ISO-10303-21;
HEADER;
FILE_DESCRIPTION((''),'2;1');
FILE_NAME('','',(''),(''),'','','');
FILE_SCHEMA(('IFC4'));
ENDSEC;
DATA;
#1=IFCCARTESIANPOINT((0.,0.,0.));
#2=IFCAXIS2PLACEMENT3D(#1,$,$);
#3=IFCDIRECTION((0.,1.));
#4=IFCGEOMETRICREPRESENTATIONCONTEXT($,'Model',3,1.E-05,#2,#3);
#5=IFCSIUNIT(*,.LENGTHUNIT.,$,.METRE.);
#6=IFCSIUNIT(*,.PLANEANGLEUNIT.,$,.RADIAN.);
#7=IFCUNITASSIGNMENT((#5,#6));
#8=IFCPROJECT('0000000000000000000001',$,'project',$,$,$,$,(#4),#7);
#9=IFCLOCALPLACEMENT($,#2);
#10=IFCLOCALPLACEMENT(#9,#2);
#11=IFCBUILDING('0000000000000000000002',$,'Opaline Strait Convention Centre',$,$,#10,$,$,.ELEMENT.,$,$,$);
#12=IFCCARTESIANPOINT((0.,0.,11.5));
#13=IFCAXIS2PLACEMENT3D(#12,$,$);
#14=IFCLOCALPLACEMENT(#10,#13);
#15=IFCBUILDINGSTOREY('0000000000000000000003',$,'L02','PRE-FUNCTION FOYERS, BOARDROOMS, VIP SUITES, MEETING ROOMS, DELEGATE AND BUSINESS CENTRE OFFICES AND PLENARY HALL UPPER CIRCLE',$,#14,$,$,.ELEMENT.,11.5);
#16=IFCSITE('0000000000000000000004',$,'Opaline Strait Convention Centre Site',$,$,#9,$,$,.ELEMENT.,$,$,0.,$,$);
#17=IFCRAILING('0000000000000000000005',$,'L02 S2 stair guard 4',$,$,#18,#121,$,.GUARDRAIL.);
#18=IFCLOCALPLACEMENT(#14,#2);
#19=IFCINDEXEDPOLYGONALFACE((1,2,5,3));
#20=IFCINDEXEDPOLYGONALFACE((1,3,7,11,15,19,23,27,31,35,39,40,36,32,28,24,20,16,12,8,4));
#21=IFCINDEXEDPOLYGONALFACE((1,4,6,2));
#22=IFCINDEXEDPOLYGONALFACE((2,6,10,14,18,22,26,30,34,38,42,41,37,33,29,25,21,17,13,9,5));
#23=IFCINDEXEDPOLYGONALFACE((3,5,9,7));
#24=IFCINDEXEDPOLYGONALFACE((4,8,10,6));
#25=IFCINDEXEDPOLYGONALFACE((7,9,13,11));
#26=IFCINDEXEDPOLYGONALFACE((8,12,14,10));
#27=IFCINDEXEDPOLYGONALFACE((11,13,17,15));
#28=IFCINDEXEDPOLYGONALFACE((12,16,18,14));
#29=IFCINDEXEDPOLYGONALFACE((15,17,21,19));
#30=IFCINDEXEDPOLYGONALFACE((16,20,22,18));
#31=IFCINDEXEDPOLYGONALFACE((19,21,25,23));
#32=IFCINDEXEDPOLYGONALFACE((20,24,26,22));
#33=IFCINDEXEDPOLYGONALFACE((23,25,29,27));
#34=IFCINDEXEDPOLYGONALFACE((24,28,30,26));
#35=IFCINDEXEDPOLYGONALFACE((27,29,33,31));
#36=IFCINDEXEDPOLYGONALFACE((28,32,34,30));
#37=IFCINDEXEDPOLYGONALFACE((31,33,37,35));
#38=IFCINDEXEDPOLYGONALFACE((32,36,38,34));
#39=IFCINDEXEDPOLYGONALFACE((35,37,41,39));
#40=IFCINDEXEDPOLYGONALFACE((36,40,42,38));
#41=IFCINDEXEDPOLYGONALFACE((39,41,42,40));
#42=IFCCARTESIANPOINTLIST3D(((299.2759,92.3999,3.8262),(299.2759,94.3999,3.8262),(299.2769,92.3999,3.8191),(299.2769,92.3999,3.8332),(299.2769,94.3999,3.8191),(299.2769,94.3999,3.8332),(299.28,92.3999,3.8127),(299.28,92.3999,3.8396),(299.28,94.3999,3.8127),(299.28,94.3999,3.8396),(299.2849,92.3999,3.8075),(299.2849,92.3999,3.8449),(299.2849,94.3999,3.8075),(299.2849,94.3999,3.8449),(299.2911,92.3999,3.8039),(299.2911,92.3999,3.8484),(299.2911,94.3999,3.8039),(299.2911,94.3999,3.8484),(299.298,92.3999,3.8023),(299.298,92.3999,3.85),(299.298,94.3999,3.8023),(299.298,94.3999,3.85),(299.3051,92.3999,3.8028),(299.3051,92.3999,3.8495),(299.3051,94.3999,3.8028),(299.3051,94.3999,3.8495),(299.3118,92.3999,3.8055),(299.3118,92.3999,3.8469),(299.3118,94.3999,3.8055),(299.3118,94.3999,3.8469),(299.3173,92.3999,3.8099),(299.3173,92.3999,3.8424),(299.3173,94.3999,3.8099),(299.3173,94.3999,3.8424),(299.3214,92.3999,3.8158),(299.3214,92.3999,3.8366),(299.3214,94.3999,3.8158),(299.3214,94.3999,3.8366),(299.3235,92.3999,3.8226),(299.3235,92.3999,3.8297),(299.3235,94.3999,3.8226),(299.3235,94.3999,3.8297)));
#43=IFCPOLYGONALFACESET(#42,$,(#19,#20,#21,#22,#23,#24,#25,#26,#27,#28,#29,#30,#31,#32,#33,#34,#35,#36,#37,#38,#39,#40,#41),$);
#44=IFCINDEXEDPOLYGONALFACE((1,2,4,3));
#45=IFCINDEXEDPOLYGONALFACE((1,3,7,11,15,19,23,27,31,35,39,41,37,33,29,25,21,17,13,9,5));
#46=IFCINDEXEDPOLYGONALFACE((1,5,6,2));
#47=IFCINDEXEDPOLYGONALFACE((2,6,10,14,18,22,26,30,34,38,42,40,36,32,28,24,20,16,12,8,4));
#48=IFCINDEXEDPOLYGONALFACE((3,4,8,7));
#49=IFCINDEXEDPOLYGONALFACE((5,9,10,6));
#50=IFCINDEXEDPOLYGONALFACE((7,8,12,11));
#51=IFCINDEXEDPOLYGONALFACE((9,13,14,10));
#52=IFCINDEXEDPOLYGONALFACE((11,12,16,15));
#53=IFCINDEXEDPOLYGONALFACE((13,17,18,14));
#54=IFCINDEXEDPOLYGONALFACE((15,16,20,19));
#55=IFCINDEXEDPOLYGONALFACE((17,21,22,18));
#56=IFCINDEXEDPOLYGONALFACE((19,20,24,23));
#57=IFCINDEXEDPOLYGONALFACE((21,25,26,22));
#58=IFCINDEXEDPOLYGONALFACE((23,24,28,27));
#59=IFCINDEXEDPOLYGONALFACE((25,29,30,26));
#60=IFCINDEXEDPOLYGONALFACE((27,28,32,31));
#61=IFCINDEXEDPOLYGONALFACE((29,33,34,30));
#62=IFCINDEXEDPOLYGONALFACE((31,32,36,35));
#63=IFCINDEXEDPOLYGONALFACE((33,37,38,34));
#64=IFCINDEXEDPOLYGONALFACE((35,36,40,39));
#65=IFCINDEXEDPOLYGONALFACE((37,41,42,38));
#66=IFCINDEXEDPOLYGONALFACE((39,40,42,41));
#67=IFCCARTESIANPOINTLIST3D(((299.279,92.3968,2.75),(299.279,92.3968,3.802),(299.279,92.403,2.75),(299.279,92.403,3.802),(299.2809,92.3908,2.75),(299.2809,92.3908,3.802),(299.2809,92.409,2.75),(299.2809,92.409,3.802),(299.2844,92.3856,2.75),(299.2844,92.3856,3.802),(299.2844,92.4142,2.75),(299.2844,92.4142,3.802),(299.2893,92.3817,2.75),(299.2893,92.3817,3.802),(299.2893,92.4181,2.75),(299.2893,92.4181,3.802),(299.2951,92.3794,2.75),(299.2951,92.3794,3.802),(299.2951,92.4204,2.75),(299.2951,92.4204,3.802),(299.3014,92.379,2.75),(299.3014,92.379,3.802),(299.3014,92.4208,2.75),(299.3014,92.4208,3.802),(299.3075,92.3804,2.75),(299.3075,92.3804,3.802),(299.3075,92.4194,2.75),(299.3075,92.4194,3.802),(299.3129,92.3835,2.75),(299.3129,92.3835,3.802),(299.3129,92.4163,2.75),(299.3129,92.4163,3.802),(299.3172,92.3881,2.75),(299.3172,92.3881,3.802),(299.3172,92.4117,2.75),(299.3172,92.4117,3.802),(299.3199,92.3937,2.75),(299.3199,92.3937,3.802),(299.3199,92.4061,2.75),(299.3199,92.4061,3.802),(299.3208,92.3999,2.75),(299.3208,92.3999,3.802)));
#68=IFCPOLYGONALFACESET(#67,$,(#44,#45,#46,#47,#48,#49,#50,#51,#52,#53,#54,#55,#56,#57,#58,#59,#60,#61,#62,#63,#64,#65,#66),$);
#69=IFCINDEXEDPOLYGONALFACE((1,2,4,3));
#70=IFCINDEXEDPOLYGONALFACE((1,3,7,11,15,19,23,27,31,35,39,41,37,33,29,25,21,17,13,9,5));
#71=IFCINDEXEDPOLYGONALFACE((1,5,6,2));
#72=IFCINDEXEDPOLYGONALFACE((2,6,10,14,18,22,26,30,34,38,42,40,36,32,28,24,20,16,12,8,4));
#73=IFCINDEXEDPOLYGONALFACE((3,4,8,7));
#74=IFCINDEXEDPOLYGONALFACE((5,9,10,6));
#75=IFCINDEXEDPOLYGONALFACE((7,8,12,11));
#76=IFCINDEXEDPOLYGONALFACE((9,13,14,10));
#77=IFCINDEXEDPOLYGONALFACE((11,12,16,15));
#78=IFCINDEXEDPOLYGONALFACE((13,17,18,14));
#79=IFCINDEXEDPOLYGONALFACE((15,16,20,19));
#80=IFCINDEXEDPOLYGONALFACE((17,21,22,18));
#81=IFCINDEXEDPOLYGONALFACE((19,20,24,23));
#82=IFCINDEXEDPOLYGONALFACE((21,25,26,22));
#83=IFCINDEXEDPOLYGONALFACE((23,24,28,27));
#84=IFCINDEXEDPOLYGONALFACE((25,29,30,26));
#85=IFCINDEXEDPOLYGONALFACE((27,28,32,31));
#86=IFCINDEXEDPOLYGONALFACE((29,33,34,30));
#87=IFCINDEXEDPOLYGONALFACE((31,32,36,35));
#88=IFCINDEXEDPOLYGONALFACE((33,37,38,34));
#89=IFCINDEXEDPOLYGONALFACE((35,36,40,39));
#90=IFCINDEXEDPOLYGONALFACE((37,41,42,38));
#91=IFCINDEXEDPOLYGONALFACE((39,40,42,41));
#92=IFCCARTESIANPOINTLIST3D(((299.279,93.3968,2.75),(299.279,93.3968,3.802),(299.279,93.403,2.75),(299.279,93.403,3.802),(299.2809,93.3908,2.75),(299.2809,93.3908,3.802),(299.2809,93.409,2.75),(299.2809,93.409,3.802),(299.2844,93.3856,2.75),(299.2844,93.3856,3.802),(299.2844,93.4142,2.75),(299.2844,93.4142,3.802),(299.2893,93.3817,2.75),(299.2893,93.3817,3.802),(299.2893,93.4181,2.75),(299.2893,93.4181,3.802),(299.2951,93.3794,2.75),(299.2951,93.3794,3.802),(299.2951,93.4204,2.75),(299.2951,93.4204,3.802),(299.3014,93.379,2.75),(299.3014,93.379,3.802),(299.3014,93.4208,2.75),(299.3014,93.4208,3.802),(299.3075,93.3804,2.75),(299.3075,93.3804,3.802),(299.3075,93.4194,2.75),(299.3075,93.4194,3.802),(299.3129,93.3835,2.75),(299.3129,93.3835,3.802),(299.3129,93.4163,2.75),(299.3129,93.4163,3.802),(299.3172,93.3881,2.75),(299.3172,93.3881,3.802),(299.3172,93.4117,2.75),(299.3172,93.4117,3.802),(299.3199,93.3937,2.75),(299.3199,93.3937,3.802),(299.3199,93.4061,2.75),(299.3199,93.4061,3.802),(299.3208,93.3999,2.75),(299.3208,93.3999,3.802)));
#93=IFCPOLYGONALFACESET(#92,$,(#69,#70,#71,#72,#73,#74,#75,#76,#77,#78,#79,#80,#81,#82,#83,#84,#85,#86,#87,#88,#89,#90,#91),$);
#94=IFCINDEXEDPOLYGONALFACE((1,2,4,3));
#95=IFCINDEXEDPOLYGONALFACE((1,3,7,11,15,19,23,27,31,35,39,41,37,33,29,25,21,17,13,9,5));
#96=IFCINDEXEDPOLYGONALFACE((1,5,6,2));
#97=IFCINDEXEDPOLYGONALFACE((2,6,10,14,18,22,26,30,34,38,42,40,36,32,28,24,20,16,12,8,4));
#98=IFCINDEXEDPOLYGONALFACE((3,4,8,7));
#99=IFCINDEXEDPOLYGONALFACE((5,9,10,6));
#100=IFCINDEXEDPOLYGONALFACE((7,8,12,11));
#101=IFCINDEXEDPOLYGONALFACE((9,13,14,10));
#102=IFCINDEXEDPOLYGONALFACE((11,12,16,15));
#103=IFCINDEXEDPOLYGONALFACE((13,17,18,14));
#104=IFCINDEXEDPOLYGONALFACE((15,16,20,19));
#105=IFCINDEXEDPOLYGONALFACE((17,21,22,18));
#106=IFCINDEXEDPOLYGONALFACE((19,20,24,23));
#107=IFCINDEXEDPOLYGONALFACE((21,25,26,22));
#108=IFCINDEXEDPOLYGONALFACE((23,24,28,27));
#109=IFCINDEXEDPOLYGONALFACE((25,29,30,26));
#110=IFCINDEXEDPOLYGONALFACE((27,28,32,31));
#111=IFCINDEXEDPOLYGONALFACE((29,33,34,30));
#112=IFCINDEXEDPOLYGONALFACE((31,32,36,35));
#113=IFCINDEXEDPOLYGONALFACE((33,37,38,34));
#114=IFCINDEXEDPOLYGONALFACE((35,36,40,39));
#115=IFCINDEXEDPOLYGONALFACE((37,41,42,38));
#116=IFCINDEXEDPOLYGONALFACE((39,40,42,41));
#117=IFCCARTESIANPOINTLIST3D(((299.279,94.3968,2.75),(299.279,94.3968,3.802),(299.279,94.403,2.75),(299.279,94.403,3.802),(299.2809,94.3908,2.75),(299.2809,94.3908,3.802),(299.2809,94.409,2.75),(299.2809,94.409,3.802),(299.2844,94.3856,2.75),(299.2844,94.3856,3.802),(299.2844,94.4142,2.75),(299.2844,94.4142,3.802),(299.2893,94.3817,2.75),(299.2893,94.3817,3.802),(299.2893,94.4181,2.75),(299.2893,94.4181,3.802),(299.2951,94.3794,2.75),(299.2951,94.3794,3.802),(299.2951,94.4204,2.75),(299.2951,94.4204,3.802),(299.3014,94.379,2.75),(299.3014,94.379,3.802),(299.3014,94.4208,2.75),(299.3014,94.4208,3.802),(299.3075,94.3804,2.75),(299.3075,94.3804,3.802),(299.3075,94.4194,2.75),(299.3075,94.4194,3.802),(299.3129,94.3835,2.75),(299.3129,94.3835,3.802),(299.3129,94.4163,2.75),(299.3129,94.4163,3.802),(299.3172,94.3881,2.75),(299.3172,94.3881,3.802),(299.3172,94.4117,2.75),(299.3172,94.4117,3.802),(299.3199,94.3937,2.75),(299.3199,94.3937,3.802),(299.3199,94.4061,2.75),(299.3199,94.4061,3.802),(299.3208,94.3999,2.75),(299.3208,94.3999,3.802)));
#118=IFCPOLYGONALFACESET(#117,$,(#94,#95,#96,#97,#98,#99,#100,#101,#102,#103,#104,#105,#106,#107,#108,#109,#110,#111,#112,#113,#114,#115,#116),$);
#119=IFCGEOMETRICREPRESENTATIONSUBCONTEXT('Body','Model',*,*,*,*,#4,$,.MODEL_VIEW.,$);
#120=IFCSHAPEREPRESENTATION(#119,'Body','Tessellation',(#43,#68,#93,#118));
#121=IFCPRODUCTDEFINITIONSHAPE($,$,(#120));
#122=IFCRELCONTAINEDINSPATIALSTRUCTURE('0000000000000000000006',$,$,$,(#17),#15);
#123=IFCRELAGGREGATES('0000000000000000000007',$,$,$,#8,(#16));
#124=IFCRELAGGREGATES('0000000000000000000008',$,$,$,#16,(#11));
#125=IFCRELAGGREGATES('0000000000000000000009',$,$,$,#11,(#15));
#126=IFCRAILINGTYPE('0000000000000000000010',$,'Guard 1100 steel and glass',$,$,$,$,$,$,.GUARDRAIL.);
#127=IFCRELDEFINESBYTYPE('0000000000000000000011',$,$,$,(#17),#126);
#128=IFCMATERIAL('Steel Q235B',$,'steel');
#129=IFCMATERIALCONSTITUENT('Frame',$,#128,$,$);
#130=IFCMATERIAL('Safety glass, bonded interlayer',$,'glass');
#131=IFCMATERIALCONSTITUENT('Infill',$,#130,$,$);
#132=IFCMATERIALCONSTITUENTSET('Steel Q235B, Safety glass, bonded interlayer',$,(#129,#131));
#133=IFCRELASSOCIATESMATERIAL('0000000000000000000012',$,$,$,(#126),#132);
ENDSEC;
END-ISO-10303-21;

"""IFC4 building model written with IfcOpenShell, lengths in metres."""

from ifc_helpers import new_model, si_unit, direction, frame, origin, origin_2d, place, context, subcontext, project, spatial, circle, extrude, material, constituent, constituent_set, type_object, element, save


model = new_model("IFC4")

# Units and contexts
model_context = context("Model", 3, precision=1e-05, world=origin(), true_north=direction((0.0, 1.0)))
body_context = subcontext(model_context, "Body", "Model", "MODEL_VIEW")
ifc_project = project(units=[si_unit("LENGTHUNIT", "METRE"), si_unit("PLANEANGLEUNIT", "RADIAN")], contexts=[model_context])

# Site, building, storey
site_placement = place(None, origin())
site = spatial("IfcSite", under=ifc_project, at=site_placement, Name="Opaline Strait Convention Centre Site", CompositionType="ELEMENT", RefElevation=0.0)
building_placement = place(site_placement, origin())
building = spatial("IfcBuilding", under=site, at=building_placement, Name="Opaline Strait Convention Centre", CompositionType="ELEMENT")
storey_placement = place(building_placement, frame((0.0, 0.0, 11.5)))
storey = spatial("IfcBuildingStorey", under=building, at=storey_placement, Name="L02", Description="PRE-FUNCTION FOYERS, BOARDROOMS, VIP SUITES, MEETING ROOMS, DELEGATE AND BUSINESS CENTRE OFFICES AND PLENARY HALL UPPER CIRCLE", CompositionType="ELEMENT", Elevation=11.5)

# Shared definitions
ifc_material_1 = material(Name="Steel Q235B", Category="steel")

# Railing
ifc_constituent_1 = constituent(ifc_material_1, Name="Frame")
ifc_material_2 = material(Name="Safety glass, bonded interlayer", Category="glass")
ifc_constituent_2 = constituent(ifc_material_2, Name="Infill")
ifc_constituent_set = constituent_set(constituents=[ifc_constituent_1, ifc_constituent_2], Name="Steel Q235B, Safety glass, bonded interlayer")
railing_type_1 = type_object("IfcRailingType", Name="Guard 1100 steel and glass", PredefinedType="GUARDRAIL", material=ifc_constituent_set)
for number, where, name in (
    (1, (299.2998, 92.3999, 2.75), "L02 S2 stair guard 4"),
):
    element("IfcRailing", number, at=place(storey_placement, frame(where)), inside=storey, type_object=railing_type_1, Name=name, PredefinedType="GUARDRAIL", context=body_context, shape_type="SweptSolid", body=[
        extrude(circle(Radius=0.0239, at=origin_2d()), frame((0.0, 0.0, 1.0762), z_axis=(0.0, 1.0, 0.0), x_axis=(-1.0, 0.0, 0.0)), (0.0, 0.0, 1.0), 2.0),
        extrude(circle(Radius=0.021, at=origin_2d()), origin(), (0.0, 0.0, 1.0), 1.052),
        extrude(circle(Radius=0.021, at=origin_2d()), frame((0.0, 1.0, 0.0)), (0.0, 0.0, 1.0), 1.052),
        extrude(circle(Radius=0.021, at=origin_2d()), frame((0.0, 2.0, 0.0)), (0.0, 0.0, 1.0), 1.052),
    ])

save(model, "model.ifc")
